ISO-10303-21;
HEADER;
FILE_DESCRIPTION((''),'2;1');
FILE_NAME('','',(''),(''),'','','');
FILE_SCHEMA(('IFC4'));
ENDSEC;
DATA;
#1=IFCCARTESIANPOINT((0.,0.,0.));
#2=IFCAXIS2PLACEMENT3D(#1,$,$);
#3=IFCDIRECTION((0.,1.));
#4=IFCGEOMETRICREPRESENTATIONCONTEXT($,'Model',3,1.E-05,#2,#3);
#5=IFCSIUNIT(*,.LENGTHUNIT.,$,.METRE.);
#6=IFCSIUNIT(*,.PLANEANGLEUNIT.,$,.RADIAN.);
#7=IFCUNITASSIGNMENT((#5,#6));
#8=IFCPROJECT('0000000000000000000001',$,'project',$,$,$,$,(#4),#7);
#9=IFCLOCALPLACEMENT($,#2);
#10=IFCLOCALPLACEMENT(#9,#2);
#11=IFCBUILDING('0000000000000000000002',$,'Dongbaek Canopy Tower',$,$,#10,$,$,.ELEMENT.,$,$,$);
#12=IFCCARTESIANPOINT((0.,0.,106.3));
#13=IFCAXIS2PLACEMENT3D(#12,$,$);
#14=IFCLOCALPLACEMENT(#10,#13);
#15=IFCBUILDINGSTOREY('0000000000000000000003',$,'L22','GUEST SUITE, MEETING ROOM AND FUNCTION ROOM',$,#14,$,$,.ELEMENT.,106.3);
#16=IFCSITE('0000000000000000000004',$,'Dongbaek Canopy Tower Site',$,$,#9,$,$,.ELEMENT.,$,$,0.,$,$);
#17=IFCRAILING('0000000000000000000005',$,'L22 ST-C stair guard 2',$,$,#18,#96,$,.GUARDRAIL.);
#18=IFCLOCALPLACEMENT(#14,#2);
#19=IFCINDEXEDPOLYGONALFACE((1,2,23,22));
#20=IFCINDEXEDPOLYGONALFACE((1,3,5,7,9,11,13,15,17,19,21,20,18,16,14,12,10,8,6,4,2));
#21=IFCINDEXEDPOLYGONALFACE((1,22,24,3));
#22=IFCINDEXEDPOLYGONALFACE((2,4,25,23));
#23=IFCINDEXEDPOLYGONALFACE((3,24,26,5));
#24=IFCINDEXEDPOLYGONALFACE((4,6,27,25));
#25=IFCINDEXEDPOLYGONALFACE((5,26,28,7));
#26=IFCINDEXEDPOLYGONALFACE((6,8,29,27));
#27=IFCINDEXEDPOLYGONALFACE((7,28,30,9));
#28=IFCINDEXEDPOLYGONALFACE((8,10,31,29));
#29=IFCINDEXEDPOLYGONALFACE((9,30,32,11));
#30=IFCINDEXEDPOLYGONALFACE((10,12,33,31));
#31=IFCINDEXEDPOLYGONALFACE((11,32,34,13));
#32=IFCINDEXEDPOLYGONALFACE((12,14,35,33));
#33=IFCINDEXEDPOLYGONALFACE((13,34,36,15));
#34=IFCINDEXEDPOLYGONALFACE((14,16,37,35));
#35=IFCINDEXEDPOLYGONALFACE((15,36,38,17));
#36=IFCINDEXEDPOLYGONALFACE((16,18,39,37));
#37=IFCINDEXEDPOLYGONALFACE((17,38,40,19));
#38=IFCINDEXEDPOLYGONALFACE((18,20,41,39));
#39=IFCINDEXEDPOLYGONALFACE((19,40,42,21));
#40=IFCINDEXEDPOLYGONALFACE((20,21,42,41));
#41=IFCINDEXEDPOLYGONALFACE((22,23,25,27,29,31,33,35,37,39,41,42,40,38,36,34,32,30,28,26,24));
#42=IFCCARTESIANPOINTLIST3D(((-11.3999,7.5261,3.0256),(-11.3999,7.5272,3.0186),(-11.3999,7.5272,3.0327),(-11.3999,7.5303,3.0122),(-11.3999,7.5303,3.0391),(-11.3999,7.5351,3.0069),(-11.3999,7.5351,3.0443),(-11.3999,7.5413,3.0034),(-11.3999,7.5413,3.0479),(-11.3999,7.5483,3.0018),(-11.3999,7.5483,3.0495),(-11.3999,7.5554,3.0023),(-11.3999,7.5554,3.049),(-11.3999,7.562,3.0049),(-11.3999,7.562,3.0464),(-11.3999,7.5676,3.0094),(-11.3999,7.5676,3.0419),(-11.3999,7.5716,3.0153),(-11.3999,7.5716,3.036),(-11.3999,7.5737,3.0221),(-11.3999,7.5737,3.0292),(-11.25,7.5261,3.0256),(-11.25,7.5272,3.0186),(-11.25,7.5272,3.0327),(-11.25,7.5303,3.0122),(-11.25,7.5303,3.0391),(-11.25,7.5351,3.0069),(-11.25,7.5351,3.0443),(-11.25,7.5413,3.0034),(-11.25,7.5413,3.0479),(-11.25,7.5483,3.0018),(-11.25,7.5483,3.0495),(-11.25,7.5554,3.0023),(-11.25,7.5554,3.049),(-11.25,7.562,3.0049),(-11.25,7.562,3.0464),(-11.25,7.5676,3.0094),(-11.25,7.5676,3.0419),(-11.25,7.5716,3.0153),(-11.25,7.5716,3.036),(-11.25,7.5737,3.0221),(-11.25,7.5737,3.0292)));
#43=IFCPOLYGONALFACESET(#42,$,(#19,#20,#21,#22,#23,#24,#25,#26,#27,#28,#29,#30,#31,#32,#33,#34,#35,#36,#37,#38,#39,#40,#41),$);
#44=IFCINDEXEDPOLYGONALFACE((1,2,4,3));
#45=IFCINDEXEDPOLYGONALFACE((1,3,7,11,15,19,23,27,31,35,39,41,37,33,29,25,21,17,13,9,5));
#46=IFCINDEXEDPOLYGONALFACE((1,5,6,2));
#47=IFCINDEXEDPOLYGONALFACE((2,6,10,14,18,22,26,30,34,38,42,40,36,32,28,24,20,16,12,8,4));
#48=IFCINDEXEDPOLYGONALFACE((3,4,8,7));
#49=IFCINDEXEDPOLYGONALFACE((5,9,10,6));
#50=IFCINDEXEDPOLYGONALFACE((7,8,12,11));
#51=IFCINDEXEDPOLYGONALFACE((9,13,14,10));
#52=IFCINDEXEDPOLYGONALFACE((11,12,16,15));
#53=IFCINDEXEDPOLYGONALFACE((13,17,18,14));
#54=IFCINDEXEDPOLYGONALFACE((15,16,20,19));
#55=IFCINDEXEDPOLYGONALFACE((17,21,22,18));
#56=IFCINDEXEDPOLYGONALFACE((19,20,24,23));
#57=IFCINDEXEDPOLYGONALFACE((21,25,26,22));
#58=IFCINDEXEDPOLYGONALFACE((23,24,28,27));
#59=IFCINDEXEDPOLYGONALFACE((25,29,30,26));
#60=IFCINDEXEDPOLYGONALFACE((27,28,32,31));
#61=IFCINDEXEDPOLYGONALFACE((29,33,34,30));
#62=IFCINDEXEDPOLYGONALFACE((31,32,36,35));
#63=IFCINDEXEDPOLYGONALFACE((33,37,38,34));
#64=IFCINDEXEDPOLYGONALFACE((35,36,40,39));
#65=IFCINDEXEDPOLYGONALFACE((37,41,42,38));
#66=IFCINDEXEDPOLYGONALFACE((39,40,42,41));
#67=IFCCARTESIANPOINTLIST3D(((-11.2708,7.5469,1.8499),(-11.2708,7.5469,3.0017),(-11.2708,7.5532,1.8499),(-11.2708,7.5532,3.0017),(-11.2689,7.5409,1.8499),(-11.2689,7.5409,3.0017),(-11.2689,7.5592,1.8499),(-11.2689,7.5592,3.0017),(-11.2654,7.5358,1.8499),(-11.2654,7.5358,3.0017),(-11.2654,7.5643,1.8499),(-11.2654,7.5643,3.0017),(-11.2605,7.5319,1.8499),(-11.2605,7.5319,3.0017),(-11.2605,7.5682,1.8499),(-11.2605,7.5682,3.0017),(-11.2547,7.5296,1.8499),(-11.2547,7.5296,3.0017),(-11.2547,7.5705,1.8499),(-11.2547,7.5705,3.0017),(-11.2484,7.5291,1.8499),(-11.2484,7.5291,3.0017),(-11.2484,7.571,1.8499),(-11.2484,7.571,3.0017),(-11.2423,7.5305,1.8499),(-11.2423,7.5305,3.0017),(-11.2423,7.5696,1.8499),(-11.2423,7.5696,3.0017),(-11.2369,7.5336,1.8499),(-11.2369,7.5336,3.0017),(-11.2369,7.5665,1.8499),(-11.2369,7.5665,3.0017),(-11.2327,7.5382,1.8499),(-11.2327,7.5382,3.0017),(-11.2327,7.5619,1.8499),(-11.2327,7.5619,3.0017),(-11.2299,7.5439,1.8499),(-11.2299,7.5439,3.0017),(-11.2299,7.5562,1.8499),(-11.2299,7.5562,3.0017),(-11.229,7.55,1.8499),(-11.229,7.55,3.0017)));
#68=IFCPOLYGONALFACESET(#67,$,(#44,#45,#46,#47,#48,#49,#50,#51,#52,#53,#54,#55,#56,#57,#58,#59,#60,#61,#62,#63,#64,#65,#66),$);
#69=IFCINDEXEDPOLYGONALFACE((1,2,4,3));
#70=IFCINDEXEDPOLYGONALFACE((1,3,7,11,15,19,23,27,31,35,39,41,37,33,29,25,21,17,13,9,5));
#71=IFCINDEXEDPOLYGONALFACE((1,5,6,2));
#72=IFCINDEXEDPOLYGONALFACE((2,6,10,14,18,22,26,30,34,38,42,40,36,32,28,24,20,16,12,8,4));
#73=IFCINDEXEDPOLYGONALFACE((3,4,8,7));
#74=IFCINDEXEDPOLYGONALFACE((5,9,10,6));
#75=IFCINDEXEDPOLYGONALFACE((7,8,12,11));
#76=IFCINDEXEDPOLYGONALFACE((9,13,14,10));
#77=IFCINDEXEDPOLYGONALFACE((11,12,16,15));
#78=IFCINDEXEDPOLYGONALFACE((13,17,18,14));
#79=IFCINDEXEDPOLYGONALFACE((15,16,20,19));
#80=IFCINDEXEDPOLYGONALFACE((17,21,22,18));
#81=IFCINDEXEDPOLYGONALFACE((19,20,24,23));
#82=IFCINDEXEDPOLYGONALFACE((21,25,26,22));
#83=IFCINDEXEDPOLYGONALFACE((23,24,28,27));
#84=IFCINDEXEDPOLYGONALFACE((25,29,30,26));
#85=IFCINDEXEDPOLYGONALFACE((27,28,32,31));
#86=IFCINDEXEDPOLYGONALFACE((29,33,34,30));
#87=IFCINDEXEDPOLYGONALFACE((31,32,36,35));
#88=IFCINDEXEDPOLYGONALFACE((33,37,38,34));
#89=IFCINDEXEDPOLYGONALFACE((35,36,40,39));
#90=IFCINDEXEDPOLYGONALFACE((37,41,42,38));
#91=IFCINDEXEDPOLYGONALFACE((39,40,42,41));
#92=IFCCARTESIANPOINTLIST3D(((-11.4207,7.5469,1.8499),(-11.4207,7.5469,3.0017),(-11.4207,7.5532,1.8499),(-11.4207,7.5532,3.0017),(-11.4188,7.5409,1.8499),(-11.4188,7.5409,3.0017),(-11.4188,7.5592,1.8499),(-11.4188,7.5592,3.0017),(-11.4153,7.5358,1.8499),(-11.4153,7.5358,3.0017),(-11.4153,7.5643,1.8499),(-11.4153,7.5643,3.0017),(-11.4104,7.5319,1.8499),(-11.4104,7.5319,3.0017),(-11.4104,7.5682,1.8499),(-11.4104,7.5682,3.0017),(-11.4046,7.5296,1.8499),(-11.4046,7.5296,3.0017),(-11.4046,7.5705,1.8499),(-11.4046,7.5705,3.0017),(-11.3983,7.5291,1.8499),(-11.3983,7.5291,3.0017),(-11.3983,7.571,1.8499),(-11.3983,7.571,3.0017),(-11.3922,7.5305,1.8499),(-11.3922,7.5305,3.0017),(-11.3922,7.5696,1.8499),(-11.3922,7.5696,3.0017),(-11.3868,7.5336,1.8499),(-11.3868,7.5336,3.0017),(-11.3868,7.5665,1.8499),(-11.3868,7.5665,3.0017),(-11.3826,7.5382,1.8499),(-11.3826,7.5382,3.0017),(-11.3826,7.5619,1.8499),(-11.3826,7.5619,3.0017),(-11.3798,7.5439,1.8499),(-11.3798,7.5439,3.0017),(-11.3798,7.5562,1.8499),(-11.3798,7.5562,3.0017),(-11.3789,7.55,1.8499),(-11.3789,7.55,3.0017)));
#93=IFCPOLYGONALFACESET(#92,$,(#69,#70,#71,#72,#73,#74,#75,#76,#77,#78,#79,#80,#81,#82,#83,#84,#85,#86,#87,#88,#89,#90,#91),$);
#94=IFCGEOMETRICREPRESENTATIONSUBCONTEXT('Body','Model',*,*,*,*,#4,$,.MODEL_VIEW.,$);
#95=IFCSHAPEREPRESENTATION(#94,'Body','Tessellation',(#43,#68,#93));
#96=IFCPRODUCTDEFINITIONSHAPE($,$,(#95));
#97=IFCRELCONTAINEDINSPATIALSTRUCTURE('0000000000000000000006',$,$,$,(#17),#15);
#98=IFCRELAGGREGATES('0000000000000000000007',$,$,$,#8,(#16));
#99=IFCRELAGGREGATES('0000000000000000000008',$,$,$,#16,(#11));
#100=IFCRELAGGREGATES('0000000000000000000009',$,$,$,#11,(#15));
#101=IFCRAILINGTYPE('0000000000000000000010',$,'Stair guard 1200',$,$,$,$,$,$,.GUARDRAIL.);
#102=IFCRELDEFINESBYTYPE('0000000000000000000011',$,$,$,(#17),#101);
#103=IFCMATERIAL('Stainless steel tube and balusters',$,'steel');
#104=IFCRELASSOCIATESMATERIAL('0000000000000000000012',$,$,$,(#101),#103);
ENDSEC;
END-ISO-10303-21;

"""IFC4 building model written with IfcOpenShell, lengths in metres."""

from ifc_helpers import new_model, si_unit, direction, frame, origin, origin_2d, place, context, subcontext, project, spatial, circle, extrude, material, type_object, element, save


model = new_model("IFC4")

# Units and contexts
model_context = context("Model", 3, precision=1e-05, world=origin(), true_north=direction((0.0, 1.0)))
body_context = subcontext(model_context, "Body", "Model", "MODEL_VIEW")
ifc_project = project(units=[si_unit("LENGTHUNIT", "METRE"), si_unit("PLANEANGLEUNIT", "RADIAN")], contexts=[model_context])

# Site, building, storey
site_placement = place(None, origin())
site = spatial("IfcSite", under=ifc_project, at=site_placement, Name="Dongbaek Canopy Tower Site", CompositionType="ELEMENT", RefElevation=0.0)
building_placement = place(site_placement, origin())
building = spatial("IfcBuilding", under=site, at=building_placement, Name="Dongbaek Canopy Tower", CompositionType="ELEMENT")
storey_placement = place(building_placement, frame((0.0, 0.0, 106.3)))
storey = spatial("IfcBuildingStorey", under=building, at=storey_placement, Name="L22", Description="GUEST SUITE, MEETING ROOM AND FUNCTION ROOM", CompositionType="ELEMENT", Elevation=106.3)

# Railing
ifc_material_1 = material(Name="Stainless steel tube and balusters", Category="steel")
railing_type_1 = type_object("IfcRailingType", Name="Stair guard 1200", PredefinedType="GUARDRAIL", material=ifc_material_1)
railing_1_placement = place(storey_placement, frame((-11.25, 7.55, 1.8499)))
element("IfcRailing", 1, at=railing_1_placement, inside=storey, type_object=railing_type_1, Name="L22 ST-C stair guard 2", PredefinedType="GUARDRAIL", context=body_context, shape_type="SweptSolid", body=[
    extrude(circle(Radius=0.0239, at=origin_2d()), frame((0.0, 0.0, 1.1758), z_axis=(-1.0, 0.0, 0.0), x_axis=(0.0, -1.0, 0.0)), (0.0, 0.0, 1.0), 0.1499),
    extrude(circle(Radius=0.021, at=origin_2d()), origin(), (0.0, 0.0, 1.0), 1.1519),
    extrude(circle(Radius=0.021, at=origin_2d()), frame((-0.1499, 0.0, 0.0)), (0.0, 0.0, 1.0), 1.1519),
])

save(model, "model.ifc")
